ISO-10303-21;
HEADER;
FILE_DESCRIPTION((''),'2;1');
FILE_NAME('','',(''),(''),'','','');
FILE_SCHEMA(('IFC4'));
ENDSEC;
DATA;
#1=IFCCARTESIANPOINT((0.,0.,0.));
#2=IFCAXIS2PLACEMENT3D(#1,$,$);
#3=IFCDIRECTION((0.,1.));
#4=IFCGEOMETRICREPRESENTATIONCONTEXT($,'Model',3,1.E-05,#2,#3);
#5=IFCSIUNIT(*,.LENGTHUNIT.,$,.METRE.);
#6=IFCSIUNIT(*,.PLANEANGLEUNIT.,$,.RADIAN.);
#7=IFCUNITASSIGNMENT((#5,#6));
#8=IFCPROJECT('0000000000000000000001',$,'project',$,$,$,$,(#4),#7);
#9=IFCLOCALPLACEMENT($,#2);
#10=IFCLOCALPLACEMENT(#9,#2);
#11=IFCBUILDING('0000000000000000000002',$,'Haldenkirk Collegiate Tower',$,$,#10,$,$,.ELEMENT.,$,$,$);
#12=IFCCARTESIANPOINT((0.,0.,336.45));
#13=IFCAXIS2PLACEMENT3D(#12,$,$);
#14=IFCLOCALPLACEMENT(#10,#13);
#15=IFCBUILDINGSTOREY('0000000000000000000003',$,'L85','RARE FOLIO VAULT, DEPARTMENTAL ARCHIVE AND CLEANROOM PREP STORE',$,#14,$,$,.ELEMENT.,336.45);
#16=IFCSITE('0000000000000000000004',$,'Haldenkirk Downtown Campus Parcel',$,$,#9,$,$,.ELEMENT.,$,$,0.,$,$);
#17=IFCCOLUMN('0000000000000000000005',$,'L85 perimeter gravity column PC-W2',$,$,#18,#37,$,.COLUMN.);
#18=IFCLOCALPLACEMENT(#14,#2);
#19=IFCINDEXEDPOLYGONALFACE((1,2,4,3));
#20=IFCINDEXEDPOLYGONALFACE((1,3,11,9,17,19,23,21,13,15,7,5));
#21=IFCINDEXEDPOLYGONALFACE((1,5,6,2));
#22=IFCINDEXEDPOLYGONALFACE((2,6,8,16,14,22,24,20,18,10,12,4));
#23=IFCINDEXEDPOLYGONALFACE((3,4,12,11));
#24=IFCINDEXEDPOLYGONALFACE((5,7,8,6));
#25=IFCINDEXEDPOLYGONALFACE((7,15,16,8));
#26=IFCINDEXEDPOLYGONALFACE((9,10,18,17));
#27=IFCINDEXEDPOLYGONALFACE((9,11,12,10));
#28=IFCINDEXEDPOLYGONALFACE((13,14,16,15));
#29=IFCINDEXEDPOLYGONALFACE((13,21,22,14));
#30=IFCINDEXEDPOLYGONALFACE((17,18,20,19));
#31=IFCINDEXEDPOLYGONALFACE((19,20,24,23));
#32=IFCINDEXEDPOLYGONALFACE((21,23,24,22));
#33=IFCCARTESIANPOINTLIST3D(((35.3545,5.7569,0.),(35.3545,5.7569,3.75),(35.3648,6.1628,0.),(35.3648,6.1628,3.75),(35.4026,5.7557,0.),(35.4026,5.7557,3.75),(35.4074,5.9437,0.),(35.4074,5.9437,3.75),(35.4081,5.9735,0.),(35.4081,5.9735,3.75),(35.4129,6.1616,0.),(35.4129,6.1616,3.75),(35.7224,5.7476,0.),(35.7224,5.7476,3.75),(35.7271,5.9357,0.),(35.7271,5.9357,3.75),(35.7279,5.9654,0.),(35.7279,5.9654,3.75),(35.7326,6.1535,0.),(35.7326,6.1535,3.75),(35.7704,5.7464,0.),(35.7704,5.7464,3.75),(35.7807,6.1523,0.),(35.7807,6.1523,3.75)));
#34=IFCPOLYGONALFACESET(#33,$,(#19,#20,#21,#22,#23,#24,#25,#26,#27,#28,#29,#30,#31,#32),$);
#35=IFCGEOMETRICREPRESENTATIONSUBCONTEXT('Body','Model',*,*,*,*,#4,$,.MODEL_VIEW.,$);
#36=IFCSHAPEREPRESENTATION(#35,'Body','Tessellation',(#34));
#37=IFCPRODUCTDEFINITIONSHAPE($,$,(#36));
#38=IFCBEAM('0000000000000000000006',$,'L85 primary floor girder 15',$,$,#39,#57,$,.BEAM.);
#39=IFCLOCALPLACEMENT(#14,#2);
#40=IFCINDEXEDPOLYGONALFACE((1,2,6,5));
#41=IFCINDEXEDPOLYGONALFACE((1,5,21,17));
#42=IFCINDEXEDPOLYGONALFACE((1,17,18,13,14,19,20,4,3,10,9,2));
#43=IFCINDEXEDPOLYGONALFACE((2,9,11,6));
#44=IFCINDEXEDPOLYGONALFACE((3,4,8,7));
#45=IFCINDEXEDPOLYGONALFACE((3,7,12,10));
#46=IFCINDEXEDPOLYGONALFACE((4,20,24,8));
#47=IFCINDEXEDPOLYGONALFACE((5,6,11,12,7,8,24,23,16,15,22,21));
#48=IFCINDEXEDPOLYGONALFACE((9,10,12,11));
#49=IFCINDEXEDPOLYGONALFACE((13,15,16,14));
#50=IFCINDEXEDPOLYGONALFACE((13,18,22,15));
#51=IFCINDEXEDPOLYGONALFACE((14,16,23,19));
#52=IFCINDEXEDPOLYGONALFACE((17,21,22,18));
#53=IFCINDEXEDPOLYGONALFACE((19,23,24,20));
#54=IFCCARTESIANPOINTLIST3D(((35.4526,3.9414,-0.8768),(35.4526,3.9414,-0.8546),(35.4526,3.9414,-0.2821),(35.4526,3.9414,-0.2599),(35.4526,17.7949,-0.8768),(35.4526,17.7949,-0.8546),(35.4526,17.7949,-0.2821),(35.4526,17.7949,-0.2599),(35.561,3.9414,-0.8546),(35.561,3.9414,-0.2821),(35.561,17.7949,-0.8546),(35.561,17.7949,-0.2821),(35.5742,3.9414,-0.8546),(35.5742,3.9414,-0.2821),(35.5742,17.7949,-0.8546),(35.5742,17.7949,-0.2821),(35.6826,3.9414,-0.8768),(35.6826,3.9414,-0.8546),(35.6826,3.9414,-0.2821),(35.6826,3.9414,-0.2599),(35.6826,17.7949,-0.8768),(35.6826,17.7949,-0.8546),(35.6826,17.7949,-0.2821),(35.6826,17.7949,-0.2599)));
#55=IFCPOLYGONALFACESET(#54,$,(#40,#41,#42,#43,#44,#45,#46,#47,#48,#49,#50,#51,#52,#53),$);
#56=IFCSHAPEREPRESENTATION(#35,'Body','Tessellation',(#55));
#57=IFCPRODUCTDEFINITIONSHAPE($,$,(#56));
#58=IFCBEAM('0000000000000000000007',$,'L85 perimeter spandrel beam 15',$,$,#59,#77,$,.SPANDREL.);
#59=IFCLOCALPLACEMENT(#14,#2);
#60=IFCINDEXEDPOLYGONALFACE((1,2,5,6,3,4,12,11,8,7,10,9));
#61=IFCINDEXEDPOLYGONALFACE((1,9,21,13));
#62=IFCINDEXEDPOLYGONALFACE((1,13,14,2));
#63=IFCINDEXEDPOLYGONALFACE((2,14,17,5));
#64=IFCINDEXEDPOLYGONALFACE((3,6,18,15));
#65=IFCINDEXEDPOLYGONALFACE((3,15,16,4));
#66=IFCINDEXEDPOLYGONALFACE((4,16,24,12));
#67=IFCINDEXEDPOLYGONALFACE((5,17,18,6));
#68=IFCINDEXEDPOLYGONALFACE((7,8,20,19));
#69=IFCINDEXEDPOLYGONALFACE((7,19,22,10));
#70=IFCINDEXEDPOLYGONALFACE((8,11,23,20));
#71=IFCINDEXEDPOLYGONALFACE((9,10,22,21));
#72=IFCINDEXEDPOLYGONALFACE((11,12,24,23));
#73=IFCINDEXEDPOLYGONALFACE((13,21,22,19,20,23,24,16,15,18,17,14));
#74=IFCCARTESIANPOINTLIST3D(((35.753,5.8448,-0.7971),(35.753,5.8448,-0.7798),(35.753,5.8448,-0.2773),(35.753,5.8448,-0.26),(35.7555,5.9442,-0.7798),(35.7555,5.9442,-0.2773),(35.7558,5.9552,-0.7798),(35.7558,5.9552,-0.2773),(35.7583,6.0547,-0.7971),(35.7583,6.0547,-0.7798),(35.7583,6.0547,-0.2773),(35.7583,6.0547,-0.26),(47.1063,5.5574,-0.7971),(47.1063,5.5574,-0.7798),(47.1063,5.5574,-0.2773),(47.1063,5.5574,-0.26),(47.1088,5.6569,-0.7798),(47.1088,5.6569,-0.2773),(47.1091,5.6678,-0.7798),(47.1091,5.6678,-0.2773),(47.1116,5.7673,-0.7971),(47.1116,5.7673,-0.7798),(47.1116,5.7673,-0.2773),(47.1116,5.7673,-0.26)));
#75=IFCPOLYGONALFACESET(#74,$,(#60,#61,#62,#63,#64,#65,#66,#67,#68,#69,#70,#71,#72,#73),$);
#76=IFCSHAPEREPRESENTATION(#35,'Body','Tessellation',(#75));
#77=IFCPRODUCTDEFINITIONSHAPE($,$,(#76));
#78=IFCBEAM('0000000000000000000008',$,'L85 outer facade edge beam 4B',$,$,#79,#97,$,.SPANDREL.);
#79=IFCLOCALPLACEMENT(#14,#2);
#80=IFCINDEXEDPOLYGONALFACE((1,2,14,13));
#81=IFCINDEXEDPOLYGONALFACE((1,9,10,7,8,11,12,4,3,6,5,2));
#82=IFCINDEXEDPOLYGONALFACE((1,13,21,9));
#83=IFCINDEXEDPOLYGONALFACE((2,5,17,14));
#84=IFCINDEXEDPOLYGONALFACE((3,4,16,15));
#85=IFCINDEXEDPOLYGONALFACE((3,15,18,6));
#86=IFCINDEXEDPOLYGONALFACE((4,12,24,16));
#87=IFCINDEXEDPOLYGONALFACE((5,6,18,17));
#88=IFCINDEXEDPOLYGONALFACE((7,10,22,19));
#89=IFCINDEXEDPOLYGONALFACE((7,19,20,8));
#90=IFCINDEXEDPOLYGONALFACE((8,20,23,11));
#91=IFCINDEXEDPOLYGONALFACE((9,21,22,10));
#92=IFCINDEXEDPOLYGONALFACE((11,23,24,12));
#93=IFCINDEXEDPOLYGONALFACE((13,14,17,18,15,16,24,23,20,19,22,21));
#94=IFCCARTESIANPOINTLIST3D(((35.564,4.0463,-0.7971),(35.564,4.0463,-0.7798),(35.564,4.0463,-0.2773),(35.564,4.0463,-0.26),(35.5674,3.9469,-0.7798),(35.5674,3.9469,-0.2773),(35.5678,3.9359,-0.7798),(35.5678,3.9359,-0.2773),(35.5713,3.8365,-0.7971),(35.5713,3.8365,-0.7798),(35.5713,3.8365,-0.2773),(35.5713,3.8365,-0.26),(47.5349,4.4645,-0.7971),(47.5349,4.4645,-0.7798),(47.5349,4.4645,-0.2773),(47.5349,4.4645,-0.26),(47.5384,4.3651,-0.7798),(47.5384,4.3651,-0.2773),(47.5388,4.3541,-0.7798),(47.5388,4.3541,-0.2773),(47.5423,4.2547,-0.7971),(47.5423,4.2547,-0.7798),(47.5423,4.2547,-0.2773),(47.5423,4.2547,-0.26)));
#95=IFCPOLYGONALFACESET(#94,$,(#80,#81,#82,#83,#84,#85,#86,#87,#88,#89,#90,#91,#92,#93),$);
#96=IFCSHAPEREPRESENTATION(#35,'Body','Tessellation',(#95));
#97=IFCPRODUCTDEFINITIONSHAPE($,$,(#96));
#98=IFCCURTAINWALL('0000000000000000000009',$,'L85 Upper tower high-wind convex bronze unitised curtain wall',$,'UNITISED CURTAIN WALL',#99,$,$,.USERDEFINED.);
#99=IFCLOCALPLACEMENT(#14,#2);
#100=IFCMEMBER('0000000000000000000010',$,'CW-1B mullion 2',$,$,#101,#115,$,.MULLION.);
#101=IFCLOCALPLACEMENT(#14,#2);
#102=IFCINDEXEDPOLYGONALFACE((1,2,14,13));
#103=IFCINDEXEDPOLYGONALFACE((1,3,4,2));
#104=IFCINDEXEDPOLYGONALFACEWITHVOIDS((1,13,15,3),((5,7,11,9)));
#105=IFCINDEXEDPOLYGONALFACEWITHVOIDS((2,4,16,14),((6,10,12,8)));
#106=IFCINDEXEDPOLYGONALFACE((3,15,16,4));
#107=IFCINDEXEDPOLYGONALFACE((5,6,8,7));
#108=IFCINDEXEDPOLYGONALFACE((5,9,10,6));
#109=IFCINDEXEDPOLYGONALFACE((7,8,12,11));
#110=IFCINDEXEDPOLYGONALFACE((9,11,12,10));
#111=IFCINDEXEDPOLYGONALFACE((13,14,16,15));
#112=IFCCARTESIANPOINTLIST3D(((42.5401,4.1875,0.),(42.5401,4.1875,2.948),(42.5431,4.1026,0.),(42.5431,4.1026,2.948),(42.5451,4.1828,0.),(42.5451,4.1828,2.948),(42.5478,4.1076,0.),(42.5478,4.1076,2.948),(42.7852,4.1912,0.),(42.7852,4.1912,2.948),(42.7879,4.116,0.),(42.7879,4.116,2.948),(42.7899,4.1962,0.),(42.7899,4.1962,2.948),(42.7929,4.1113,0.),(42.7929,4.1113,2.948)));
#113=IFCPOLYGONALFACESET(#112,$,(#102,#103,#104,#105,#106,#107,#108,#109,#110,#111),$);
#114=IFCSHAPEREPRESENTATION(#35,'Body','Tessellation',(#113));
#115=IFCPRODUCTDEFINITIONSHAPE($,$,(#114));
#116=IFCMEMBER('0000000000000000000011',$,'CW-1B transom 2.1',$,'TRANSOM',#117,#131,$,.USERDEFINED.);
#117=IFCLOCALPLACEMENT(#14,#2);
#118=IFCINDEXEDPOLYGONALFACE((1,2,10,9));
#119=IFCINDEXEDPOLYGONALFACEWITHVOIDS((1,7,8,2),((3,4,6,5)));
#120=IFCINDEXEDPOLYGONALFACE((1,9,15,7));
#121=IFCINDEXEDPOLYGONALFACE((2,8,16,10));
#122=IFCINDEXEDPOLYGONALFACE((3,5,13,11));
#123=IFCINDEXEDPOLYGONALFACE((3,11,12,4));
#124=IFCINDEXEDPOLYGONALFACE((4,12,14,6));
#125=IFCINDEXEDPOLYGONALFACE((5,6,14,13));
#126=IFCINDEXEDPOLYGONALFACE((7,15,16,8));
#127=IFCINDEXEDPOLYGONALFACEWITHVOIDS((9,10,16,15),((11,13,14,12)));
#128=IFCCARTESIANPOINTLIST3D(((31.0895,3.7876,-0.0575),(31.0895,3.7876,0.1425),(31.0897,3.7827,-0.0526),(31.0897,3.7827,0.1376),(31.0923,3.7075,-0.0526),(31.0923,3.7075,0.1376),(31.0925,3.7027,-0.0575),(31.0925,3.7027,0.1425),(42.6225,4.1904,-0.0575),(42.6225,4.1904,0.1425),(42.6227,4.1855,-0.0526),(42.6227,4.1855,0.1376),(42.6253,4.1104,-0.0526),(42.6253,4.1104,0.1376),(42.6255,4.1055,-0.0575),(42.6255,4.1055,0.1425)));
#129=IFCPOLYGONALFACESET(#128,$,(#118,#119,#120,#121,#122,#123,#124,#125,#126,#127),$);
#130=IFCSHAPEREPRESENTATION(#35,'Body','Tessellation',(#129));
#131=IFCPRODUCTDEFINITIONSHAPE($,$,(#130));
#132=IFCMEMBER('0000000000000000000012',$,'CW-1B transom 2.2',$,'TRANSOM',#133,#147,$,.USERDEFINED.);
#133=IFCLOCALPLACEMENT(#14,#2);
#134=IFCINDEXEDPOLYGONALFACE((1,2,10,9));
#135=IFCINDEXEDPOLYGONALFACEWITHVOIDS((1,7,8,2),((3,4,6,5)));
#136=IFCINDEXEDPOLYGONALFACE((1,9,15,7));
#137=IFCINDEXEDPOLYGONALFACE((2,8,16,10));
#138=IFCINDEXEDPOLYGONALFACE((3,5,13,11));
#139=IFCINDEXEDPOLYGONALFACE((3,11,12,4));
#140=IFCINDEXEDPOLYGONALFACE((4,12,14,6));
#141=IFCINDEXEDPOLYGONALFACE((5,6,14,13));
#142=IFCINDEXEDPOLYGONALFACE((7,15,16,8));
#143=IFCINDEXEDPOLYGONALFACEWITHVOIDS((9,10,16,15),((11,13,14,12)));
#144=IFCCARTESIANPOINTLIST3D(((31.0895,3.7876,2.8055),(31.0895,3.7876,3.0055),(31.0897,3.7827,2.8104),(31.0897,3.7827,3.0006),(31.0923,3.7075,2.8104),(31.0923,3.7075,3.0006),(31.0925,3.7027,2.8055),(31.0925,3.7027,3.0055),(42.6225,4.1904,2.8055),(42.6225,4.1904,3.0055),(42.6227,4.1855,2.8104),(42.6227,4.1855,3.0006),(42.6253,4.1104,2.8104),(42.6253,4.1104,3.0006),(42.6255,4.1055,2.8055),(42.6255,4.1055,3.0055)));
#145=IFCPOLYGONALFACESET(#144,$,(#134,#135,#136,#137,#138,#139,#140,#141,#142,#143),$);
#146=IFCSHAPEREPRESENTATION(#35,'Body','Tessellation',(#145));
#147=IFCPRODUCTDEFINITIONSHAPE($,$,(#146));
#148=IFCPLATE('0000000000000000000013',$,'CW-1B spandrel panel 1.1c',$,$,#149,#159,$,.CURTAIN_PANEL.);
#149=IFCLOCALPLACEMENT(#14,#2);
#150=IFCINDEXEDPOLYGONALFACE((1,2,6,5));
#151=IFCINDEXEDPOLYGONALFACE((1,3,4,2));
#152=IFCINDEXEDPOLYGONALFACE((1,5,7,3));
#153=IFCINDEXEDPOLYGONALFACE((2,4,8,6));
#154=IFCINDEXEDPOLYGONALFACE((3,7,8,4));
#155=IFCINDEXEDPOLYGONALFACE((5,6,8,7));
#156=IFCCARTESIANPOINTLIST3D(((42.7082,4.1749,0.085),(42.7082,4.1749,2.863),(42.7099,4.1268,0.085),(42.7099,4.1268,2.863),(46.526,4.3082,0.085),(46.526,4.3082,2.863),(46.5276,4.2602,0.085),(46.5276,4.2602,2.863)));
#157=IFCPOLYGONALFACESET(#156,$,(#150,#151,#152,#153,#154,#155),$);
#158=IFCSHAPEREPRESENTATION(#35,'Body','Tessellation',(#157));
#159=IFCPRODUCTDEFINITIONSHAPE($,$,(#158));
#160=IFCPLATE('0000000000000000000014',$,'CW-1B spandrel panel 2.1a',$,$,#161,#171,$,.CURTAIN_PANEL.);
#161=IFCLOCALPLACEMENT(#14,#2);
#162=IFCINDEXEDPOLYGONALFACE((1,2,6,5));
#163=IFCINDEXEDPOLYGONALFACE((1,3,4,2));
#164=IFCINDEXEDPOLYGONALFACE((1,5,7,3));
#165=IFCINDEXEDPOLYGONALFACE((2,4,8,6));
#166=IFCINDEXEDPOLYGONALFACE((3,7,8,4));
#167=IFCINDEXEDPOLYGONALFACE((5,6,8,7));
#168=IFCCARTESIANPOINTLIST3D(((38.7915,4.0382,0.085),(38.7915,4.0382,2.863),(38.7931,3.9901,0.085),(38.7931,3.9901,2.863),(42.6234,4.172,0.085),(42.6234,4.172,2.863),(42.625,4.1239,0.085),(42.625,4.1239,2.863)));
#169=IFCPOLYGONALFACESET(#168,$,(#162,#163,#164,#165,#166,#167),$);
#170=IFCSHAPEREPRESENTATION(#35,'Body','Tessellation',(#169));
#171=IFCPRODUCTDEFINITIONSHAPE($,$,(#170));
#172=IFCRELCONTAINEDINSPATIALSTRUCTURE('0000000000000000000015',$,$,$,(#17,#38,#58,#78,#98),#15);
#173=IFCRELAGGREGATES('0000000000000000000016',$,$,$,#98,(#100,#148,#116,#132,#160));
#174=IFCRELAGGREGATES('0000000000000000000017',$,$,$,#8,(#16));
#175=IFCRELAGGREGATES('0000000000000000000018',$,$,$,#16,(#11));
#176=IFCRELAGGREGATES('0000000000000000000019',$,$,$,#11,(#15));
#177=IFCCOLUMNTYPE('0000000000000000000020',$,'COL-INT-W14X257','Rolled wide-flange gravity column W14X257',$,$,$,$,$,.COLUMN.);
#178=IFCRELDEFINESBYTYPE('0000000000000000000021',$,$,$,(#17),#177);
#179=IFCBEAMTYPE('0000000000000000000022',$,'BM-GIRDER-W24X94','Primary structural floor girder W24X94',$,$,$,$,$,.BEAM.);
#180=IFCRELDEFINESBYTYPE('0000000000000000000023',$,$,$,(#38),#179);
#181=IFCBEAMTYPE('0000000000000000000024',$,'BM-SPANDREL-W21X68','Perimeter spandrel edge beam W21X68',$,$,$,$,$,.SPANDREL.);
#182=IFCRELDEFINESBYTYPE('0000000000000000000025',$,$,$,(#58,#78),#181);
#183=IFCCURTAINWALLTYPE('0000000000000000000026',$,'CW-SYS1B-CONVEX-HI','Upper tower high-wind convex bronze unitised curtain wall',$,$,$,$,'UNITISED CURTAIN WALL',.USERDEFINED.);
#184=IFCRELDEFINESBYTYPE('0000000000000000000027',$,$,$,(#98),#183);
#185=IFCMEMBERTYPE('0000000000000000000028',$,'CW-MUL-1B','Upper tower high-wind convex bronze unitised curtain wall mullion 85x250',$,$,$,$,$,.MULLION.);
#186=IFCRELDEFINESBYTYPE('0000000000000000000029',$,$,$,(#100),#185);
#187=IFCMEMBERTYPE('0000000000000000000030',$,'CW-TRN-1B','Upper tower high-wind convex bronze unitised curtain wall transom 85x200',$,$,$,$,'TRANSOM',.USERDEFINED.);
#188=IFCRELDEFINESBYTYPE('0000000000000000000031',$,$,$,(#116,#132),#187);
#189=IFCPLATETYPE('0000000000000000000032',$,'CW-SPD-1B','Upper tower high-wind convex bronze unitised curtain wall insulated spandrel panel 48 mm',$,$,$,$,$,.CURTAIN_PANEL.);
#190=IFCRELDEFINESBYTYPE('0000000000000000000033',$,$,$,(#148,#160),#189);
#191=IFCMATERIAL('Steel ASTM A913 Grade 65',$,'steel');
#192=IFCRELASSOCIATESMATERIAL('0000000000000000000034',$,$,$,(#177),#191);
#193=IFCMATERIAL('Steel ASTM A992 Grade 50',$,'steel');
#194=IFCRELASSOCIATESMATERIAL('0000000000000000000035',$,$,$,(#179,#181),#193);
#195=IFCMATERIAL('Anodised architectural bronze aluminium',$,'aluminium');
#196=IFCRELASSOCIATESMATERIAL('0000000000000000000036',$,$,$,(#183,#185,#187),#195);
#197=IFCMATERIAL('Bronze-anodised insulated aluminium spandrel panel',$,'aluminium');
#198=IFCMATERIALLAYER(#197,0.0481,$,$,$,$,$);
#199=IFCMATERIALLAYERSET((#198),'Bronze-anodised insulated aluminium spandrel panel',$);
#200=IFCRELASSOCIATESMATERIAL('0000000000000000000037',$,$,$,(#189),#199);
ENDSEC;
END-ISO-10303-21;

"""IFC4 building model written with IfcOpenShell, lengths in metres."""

from ifc_helpers import new_model, si_unit, direction, frame, origin, origin_2d, place, context, subcontext, project, spatial, rectangle, hollow_rectangle, i_section, extrude, source, transform, mapped, material, layer, layer_set, material_profile, profile_set, type_object, element, aggregate, save


model = new_model("IFC4")

# Units and contexts
model_context = context("Model", 3, precision=1e-05, world=origin(), true_north=direction((0.0, 1.0)))
body_context = subcontext(model_context, "Body", "Model", "MODEL_VIEW")
ifc_project = project(units=[si_unit("LENGTHUNIT", "METRE"), si_unit("PLANEANGLEUNIT", "RADIAN")], contexts=[model_context])

# Site, building, storey
site_placement = place(None, origin())
site = spatial("IfcSite", under=ifc_project, at=site_placement, Name="Haldenkirk Downtown Campus Parcel", CompositionType="ELEMENT", RefElevation=0.0)
building_placement = place(site_placement, origin())
building = spatial("IfcBuilding", under=site, at=building_placement, Name="Haldenkirk Collegiate Tower", CompositionType="ELEMENT")
storey_placement = place(building_placement, frame((0.0, 0.0, 336.45)))
storey = spatial("IfcBuildingStorey", under=building, at=storey_placement, Name="L85", Description="RARE FOLIO VAULT, DEPARTMENTAL ARCHIVE AND CLEANROOM PREP STORE", CompositionType="ELEMENT", Elevation=336.45)

# Column
ifc_material_1 = material(Name="Steel ASTM A913 Grade 65", Category="steel")
ifc_material_profile_1 = material_profile(ifc_material_1, i_section(OverallWidth=0.406, OverallDepth=0.416, WebThickness=0.0298, FlangeThickness=0.0481, at=origin_2d()), Name="W14X257")
ifc_profile_set_1 = profile_set([ifc_material_profile_1], Name="Steel ASTM A913 Grade 65")
column_type = type_object("IfcColumnType", Name="COL-INT-W14X257", Description="Rolled wide-flange gravity column W14X257", PredefinedType="COLUMN", material=ifc_profile_set_1)
column_placement = place(storey_placement, frame((35.5676, 5.9546, 0.0), z_axis=(0.0, 0.0, 1.0), x_axis=(0.025305, 0.99968, 0.0)))
element("IfcColumn", 1, at=column_placement, inside=storey, type_object=column_type, Name="L85 perimeter gravity column PC-W2", PredefinedType="COLUMN", context=body_context, shape_type="SweptSolid", body=[
    extrude(i_section(OverallWidth=0.406, OverallDepth=0.416, WebThickness=0.0298, FlangeThickness=0.0481, at=origin_2d()), origin(), (0.0, 0.0, 1.0), 3.75),
])

# Beams
ifc_material_2 = material(Name="Steel ASTM A992 Grade 50", Category="steel")
ifc_material_profile_2 = material_profile(ifc_material_2, i_section(OverallWidth=0.23, OverallDepth=0.6169, WebThickness=0.0132, FlangeThickness=0.0222, at=origin_2d()), Name="W24X94")
ifc_profile_set_2 = profile_set([ifc_material_profile_2], Name="Steel ASTM A992 Grade 50")
beam_type_1 = type_object("IfcBeamType", Name="BM-GIRDER-W24X94", Description="Primary structural floor girder W24X94", PredefinedType="BEAM", material=ifc_profile_set_2)
beam_1_placement = place(storey_placement, frame((35.5676, 3.9414, -0.5684), z_axis=(0.0, 1.0, 0.0), x_axis=(-1.0, 0.0, 0.0)))
element("IfcBeam", 2, at=beam_1_placement, inside=storey, type_object=beam_type_1, Name="L85 primary floor girder 15", PredefinedType="BEAM", context=body_context, shape_type="SweptSolid", body=[
    extrude(i_section(OverallWidth=0.23, OverallDepth=0.6169, WebThickness=0.0132, FlangeThickness=0.0222, at=origin_2d()), origin(), (0.0, 0.0, 1.0), 13.8535),
])
ifc_material_profile_3 = material_profile(ifc_material_2, i_section(OverallWidth=0.21, OverallDepth=0.5371, WebThickness=0.011, FlangeThickness=0.0173, at=origin_2d()), Name="W21X68")
ifc_profile_set_3 = profile_set([ifc_material_profile_3], Name="Steel ASTM A992 Grade 50")
beam_type_2 = type_object("IfcBeamType", Name="BM-SPANDREL-W21X68", Description="Perimeter spandrel edge beam W21X68", PredefinedType="SPANDREL", material=ifc_profile_set_3)
beam_2_placement = place(storey_placement, frame((35.7556, 5.9497, -0.5286), z_axis=(0.99968, -0.025302, 0.0), x_axis=(0.025302, 0.99968, 0.0)))
element("IfcBeam", 3, at=beam_2_placement, inside=storey, type_object=beam_type_2, Name="L85 perimeter spandrel beam 15", PredefinedType="SPANDREL", context=body_context, shape_type="SweptSolid", body=[
    extrude(i_section(OverallWidth=0.21, OverallDepth=0.5371, WebThickness=0.011, FlangeThickness=0.0173, at=origin_2d()), origin(), (0.0, 0.0, 1.0), 11.3569),
])
beam_3_placement = place(storey_placement, frame((35.5676, 3.9414, -0.5286), z_axis=(0.99939, 0.034914, 0.0), x_axis=(-0.034914, 0.99939, 0.0)))
element("IfcBeam", 4, at=beam_3_placement, inside=storey, type_object=beam_type_2, Name="L85 outer facade edge beam 4B", PredefinedType="SPANDREL", context=body_context, shape_type="SweptSolid", body=[
    extrude(i_section(OverallWidth=0.21, OverallDepth=0.5371, WebThickness=0.011, FlangeThickness=0.0173, at=origin_2d()), origin(), (0.0, 0.0, 1.0), 11.9783),
])

# Curtain wall, members, plates
ifc_material_3 = material(Name="Anodised architectural bronze aluminium", Category="aluminium")
curtain_wall_type = type_object("IfcCurtainWallType", Name="CW-SYS1B-CONVEX-HI", Description="Upper tower high-wind convex bronze unitised curtain wall", ElementType="UNITISED CURTAIN WALL", PredefinedType="USERDEFINED", material=ifc_material_3)
curtain_wall_placement = place(storey_placement, origin())
curtain_wall = element("IfcCurtainWall", 5, at=curtain_wall_placement, inside=storey, type_object=curtain_wall_type, Name="L85 Upper tower high-wind convex bronze unitised curtain wall", ObjectType="UNITISED CURTAIN WALL", PredefinedType="USERDEFINED")
ifc_material_profile_4 = material_profile(ifc_material_3, hollow_rectangle(XDim=0.085, YDim=0.25, WallThickness=0.0049, at=origin_2d()), Name="CW-MUL-1B")
ifc_profile_set_4 = profile_set([ifc_material_profile_4], Name="Anodised architectural bronze aluminium")
member_type_1 = type_object("IfcMemberType", Name="CW-MUL-1B", Description="Upper tower high-wind convex bronze unitised curtain wall mullion 85x250", PredefinedType="MULLION", material=ifc_profile_set_4)
member_1_placement = place(storey_placement, frame((42.6665, 4.1494, 0.0), z_axis=(0.0, 0.0, 1.0), x_axis=(0.034902, -0.999391, 0.0)))
member_1 = element("IfcMember", 6, at=member_1_placement, type_object=member_type_1, Name="CW-1B mullion 2", PredefinedType="MULLION", context=body_context, shape_type="SweptSolid", body=[
    extrude(hollow_rectangle(XDim=0.085, YDim=0.25, WallThickness=0.0049, at=origin_2d()), origin(), (0.0, 0.0, 1.0), 2.948),
])
ifc_material_profile_5 = material_profile(ifc_material_3, hollow_rectangle(XDim=0.085, YDim=0.2, WallThickness=0.0049, at=origin_2d()), Name="CW-TRN-1B")
ifc_profile_set_5 = profile_set([ifc_material_profile_5], Name="Anodised architectural bronze aluminium")
member_type_2 = type_object("IfcMemberType", Name="CW-TRN-1B", Description="Upper tower high-wind convex bronze unitised curtain wall transom 85x200", ElementType="TRANSOM", PredefinedType="USERDEFINED", material=ifc_profile_set_5)
member_2_placement = place(storey_placement, frame((42.624, 4.1479, 0.0425), z_axis=(-0.999391, -0.034907, 0.0), x_axis=(0.034907, -0.999391, 0.0)))
member_2 = element("IfcMember", 7, at=member_2_placement, type_object=member_type_2, Name="CW-1B transom 2.1", ObjectType="TRANSOM", PredefinedType="USERDEFINED", context=body_context, shape_type="SweptSolid", body=[
    extrude(hollow_rectangle(XDim=0.085, YDim=0.2, WallThickness=0.0049, at=origin_2d()), origin(), (0.0, 0.0, 1.0), 11.54),
])
member_3_placement = place(storey_placement, frame((42.624, 4.1479, 2.9055), z_axis=(-0.999391, -0.034907, 0.0), x_axis=(0.034907, -0.999391, 0.0)))
member_3 = element("IfcMember", 8, at=member_3_placement, type_object=member_type_2, Name="CW-1B transom 2.2", ObjectType="TRANSOM", PredefinedType="USERDEFINED", context=body_context, shape_type="SweptSolid", body=[
    extrude(hollow_rectangle(XDim=0.085, YDim=0.2, WallThickness=0.0049, at=origin_2d()), origin(), (0.0, 0.0, 1.0), 11.54),
])
ifc_material_4 = material(Name="Bronze-anodised insulated aluminium spandrel panel", Category="aluminium")
ifc_layer_1 = layer(ifc_material_4, 0.0481)
ifc_layer_set_1 = layer_set([ifc_layer_1], Name="Bronze-anodised insulated aluminium spandrel panel")
plate_type_1 = type_object("IfcPlateType", Name="CW-SPD-1B", Description="Upper tower high-wind convex bronze unitised curtain wall insulated spandrel panel 48 mm", PredefinedType="CURTAIN_PANEL", material=ifc_layer_set_1)
shared_shape_1 = source(origin(), body_context, "Body", "SweptSolid", [
    extrude(rectangle(XDim=3.8201, YDim=0.0481, at=origin_2d()), origin(), (0.0, 0.0, 1.0), 2.7781),
])
plate_1_placement = place(storey_placement, frame((44.6179, 4.2175, 0.085), z_axis=(0.0, 0.0, 1.0), x_axis=(-0.999391, -0.034902, 0.0)))
plate_1 = element("IfcPlate", 9, at=plate_1_placement, type_object=plate_type_1, Name="CW-1B spandrel panel 1.1c", PredefinedType="CURTAIN_PANEL", context=body_context, shape_type="MappedRepresentation", body=[
    mapped(shared_shape_1, transform((0.0, 0.0, 0.0), x_axis=(1.0, 0.0, 0.0), y_axis=(0.0, 1.0, 0.0), z_axis=(0.0, 0.0, 1.0), scale=1.0)),
])
shared_shape_2 = source(origin(), body_context, "Body", "SweptSolid", [
    extrude(rectangle(XDim=3.8342, YDim=0.0481, at=origin_2d()), origin(), (0.0, 0.0, 1.0), 2.7781),
])
plate_2_placement = place(storey_placement, frame((40.7083, 4.0811, 0.085), z_axis=(0.0, 0.0, 1.0), x_axis=(-0.999391, -0.034902, 0.0)))
plate_2 = element("IfcPlate", 10, at=plate_2_placement, type_object=plate_type_1, Name="CW-1B spandrel panel 2.1a", PredefinedType="CURTAIN_PANEL", context=body_context, shape_type="MappedRepresentation", body=[
    mapped(shared_shape_2, transform((0.0, 0.0, 0.0), x_axis=(1.0, 0.0, 0.0), y_axis=(0.0, 1.0, 0.0), z_axis=(0.0, 0.0, 1.0), scale=1.0)),
])
aggregate(curtain_wall, [member_1, plate_1, member_2, member_3, plate_2])

save(model, "model.ifc")
